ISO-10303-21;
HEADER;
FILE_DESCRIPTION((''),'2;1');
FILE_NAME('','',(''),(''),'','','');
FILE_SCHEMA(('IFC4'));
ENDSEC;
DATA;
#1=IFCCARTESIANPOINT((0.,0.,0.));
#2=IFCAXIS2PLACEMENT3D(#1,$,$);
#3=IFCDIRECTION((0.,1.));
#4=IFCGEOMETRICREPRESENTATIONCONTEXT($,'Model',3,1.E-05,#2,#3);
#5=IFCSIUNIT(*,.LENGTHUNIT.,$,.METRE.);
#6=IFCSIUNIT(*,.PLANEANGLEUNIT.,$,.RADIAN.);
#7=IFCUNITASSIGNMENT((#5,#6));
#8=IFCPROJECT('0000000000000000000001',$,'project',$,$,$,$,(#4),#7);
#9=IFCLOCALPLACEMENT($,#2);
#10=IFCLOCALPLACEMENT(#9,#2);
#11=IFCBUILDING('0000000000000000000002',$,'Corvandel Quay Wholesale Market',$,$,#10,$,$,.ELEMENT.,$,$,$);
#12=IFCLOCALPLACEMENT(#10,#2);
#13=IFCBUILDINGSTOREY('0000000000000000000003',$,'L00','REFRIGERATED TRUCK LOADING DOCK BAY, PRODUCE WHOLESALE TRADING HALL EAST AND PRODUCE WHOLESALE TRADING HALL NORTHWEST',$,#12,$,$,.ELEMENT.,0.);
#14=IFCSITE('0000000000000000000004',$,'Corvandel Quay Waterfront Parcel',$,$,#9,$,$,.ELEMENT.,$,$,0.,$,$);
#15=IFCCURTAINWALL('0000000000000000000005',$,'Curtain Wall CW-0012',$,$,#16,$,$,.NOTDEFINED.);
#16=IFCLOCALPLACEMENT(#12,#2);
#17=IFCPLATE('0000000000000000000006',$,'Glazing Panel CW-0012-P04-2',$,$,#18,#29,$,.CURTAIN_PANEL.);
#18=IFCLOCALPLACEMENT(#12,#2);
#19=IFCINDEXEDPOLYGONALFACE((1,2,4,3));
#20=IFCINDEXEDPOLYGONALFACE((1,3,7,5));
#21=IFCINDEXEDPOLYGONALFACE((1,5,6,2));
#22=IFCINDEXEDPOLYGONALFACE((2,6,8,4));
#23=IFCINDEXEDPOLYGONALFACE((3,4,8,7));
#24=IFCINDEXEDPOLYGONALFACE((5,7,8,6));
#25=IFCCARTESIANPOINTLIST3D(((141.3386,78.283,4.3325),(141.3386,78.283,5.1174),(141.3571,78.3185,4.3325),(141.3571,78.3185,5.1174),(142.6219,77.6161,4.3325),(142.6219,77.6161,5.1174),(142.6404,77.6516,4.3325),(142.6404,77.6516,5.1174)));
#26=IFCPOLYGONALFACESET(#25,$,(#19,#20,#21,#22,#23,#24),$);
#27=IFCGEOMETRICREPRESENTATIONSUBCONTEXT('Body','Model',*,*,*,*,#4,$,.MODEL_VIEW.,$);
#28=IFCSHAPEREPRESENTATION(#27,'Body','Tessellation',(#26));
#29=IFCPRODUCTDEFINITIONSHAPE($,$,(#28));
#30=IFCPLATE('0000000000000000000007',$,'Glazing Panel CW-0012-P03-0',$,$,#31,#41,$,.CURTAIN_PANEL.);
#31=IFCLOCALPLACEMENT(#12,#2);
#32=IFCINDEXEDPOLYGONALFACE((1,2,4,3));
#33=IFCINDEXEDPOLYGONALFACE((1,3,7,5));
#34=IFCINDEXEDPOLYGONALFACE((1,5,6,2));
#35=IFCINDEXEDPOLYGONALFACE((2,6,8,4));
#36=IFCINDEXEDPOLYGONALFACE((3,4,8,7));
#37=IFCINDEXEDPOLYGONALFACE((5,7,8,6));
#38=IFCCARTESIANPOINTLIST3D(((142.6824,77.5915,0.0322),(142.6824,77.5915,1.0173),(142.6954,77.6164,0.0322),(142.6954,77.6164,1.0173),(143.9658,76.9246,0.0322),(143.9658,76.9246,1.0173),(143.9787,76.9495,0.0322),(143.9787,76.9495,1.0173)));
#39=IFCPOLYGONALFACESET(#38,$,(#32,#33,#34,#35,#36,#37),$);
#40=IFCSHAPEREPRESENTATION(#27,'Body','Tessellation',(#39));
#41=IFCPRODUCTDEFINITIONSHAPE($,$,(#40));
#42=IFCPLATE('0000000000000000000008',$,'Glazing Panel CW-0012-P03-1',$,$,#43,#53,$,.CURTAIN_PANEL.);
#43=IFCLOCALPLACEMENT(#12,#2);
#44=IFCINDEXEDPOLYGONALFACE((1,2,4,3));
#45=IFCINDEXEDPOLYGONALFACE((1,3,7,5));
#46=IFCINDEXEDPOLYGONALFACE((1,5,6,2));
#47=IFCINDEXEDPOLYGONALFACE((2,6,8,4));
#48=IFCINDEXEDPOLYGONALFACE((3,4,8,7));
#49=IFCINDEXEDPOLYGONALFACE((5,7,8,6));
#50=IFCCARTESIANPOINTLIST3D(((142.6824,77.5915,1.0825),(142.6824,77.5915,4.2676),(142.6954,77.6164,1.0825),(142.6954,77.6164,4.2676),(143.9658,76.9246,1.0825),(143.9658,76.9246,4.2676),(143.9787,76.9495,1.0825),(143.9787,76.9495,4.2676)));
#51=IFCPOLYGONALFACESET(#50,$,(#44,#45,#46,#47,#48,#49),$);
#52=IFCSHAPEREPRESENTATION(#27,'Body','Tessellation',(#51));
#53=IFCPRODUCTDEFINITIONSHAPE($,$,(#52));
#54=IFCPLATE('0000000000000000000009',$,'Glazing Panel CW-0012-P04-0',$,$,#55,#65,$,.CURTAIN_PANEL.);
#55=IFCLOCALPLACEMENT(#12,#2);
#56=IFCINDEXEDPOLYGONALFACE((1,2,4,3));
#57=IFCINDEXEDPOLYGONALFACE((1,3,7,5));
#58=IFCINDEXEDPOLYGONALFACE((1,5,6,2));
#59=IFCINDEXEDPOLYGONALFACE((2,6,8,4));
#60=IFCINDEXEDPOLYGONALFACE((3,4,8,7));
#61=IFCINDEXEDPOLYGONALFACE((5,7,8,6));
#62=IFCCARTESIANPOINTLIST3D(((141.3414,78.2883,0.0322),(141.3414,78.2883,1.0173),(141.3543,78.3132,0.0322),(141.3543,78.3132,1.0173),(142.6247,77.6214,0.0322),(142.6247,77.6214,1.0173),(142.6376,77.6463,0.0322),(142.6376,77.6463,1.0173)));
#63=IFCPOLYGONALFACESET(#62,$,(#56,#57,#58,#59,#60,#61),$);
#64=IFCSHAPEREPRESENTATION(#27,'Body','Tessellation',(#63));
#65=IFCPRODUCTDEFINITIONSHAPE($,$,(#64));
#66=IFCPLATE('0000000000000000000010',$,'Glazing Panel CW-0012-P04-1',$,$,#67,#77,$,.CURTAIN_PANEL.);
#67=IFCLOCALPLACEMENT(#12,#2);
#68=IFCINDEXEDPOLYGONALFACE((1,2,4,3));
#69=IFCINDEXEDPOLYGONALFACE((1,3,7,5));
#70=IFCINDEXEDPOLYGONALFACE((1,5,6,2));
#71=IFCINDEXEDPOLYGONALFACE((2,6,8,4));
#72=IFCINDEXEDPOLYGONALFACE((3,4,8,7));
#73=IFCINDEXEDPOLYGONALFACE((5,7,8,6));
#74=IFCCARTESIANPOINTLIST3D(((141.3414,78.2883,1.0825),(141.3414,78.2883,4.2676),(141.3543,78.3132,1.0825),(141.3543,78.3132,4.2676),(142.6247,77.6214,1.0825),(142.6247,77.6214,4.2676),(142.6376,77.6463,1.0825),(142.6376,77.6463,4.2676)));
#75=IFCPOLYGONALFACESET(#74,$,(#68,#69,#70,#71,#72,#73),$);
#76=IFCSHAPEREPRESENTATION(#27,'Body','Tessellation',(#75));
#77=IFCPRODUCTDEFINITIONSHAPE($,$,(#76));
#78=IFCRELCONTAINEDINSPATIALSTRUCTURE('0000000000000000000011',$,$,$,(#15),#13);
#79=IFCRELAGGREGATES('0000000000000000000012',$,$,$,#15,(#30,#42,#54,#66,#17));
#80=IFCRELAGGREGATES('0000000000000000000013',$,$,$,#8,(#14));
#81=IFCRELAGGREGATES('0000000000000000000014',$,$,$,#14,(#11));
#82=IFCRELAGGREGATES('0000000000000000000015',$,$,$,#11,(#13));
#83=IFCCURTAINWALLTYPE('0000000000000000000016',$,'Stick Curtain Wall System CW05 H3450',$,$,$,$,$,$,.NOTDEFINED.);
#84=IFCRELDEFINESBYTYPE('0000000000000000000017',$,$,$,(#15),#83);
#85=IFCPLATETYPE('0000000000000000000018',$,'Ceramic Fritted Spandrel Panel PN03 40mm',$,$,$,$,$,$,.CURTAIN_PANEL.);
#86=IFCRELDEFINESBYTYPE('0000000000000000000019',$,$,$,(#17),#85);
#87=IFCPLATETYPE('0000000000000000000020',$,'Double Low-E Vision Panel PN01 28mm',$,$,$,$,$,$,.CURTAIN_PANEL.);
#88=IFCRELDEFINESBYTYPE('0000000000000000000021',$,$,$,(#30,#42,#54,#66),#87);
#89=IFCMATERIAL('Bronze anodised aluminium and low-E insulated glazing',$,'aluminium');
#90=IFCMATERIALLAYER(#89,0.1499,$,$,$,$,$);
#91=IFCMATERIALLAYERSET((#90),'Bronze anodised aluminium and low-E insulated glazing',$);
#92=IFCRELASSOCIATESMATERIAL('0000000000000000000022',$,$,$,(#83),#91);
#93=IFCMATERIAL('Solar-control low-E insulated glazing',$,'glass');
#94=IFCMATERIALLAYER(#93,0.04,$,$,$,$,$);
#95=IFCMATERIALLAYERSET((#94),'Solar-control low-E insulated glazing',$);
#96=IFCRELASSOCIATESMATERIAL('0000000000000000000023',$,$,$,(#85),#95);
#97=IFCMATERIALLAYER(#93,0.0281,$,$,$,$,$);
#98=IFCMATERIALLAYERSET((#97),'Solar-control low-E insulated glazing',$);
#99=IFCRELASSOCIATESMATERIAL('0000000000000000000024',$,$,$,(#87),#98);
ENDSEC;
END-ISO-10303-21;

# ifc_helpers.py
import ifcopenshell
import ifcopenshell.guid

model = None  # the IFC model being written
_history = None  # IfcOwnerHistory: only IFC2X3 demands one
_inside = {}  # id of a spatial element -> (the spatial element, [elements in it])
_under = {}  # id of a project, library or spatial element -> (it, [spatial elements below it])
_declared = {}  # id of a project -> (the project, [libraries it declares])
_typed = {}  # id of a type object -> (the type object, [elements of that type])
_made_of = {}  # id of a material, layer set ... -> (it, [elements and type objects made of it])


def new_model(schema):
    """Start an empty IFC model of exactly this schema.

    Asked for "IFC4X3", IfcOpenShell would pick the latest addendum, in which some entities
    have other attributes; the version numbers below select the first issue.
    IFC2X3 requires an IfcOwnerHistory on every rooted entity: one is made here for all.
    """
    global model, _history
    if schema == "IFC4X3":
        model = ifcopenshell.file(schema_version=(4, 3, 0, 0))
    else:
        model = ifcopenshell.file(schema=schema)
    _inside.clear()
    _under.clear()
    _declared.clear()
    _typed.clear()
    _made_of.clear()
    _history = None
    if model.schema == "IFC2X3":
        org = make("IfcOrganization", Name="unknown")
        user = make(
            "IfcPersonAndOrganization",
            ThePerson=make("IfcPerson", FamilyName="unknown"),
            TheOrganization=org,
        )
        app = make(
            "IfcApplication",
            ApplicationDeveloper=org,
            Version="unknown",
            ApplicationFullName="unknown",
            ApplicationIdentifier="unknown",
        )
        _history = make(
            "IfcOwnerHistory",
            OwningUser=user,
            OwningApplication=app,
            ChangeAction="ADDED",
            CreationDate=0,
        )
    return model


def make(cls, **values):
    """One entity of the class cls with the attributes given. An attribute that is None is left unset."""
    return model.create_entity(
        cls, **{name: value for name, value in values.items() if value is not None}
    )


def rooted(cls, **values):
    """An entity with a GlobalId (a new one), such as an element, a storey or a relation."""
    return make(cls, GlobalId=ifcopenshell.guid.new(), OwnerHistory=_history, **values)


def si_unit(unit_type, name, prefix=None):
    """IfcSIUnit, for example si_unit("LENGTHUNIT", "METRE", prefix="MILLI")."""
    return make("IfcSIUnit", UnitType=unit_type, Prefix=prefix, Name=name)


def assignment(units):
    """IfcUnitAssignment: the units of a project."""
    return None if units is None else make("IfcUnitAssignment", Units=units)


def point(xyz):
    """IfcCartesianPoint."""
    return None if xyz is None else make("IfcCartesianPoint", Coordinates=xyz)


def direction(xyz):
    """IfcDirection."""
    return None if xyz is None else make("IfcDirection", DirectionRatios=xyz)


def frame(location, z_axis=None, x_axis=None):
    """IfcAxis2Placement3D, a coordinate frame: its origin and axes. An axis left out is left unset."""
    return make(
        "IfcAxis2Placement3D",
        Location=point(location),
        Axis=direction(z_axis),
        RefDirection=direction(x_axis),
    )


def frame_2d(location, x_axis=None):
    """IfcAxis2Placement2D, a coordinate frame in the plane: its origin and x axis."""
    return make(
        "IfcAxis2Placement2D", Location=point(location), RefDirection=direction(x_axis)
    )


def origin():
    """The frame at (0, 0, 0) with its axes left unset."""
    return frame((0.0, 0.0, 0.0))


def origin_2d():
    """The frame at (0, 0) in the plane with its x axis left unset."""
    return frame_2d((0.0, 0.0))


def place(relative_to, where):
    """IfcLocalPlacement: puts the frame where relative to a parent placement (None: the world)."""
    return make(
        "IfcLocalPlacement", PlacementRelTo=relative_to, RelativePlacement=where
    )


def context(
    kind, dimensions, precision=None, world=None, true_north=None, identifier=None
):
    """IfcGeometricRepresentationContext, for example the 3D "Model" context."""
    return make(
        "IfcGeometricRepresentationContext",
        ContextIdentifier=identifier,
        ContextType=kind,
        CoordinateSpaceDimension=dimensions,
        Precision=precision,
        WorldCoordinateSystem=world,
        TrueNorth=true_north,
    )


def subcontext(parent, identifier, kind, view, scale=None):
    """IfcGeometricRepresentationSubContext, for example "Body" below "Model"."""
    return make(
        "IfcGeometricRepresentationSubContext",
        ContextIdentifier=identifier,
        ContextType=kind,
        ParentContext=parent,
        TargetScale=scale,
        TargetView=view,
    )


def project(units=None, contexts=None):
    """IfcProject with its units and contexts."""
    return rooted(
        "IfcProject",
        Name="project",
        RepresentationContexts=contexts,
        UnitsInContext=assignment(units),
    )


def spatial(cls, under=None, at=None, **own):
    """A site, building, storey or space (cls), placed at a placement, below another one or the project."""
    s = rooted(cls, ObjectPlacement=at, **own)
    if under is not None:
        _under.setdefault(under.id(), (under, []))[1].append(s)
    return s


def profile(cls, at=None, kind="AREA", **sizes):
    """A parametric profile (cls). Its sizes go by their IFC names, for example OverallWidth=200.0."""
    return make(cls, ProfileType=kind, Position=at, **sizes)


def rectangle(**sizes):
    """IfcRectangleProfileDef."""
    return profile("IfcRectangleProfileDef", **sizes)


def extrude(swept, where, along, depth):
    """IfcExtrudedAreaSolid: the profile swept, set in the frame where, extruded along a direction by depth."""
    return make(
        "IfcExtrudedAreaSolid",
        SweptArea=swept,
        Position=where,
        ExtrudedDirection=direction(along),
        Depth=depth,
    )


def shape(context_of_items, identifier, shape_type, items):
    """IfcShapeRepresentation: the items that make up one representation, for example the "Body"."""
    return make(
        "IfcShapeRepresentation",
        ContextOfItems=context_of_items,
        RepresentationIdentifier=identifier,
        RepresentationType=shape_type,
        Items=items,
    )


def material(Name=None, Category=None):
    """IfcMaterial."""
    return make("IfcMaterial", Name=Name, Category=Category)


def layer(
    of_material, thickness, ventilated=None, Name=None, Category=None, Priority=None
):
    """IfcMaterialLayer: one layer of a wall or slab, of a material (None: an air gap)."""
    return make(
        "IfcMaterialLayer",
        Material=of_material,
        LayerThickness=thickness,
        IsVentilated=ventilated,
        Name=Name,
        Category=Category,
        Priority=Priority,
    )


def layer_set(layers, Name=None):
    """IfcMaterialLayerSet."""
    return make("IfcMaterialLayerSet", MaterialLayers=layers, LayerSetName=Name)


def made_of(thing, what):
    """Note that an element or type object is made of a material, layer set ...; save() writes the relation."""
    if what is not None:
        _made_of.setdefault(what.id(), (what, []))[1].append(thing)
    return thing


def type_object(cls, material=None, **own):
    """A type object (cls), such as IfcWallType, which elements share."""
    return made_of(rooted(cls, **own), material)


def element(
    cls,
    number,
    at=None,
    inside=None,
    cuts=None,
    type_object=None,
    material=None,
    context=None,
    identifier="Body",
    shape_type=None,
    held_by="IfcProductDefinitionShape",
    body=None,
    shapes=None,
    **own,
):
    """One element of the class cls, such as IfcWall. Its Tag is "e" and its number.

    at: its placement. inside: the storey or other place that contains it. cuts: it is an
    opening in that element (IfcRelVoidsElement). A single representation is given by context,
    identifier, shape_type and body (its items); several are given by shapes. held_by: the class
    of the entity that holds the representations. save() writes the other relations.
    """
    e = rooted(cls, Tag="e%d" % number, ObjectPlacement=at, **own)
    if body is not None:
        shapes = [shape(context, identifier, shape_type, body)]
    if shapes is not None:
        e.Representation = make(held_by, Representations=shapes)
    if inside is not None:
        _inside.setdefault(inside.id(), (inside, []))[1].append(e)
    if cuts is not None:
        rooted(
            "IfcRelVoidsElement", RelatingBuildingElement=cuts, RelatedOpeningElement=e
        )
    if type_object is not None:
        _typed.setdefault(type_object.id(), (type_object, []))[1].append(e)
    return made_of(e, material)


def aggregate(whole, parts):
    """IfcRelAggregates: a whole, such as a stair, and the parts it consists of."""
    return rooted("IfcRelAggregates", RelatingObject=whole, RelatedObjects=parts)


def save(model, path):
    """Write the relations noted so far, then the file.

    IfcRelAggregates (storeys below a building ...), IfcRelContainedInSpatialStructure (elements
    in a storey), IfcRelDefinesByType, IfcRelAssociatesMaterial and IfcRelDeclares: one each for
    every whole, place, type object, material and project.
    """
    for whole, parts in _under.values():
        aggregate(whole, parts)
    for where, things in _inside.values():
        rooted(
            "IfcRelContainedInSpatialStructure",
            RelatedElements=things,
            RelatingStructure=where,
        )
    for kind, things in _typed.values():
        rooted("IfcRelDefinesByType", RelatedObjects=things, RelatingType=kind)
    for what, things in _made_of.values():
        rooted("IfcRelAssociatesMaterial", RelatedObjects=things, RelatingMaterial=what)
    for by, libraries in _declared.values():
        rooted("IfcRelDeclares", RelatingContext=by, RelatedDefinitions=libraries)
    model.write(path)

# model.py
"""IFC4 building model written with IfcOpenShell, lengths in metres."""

from ifc_helpers import new_model, si_unit, direction, frame, origin, origin_2d, place, context, subcontext, project, spatial, rectangle, extrude, material, layer, layer_set, type_object, element, aggregate, save


model = new_model("IFC4")

# Units and contexts
model_context = context("Model", 3, precision=1e-05, world=origin(), true_north=direction((0.0, 1.0)))
body_context = subcontext(model_context, "Body", "Model", "MODEL_VIEW")
ifc_project = project(units=[si_unit("LENGTHUNIT", "METRE"), si_unit("PLANEANGLEUNIT", "RADIAN")], contexts=[model_context])

# Site, building, storey
site_placement = place(None, origin())
site = spatial("IfcSite", under=ifc_project, at=site_placement, Name="Corvandel Quay Waterfront Parcel", CompositionType="ELEMENT", RefElevation=0.0)
building_placement = place(site_placement, origin())
building = spatial("IfcBuilding", under=site, at=building_placement, Name="Corvandel Quay Wholesale Market", CompositionType="ELEMENT")
storey_placement = place(building_placement, origin())
storey = spatial("IfcBuildingStorey", under=building, at=storey_placement, Name="L00", Description="REFRIGERATED TRUCK LOADING DOCK BAY, PRODUCE WHOLESALE TRADING HALL EAST AND PRODUCE WHOLESALE TRADING HALL NORTHWEST", CompositionType="ELEMENT", Elevation=0.0)

# Curtain wall, plates
ifc_material_1 = material(Name="Bronze anodised aluminium and low-E insulated glazing", Category="aluminium")
ifc_layer_1 = layer(ifc_material_1, 0.1499)
ifc_layer_set_1 = layer_set([ifc_layer_1], Name="Bronze anodised aluminium and low-E insulated glazing")
curtain_wall_type = type_object("IfcCurtainWallType", Name="Stick Curtain Wall System CW05 H3450", PredefinedType="NOTDEFINED", material=ifc_layer_set_1)
curtain_wall_placement = place(storey_placement, origin())
curtain_wall = element("IfcCurtainWall", 1, at=curtain_wall_placement, inside=storey, type_object=curtain_wall_type, Name="Curtain Wall CW-0012", PredefinedType="NOTDEFINED")
ifc_material_2 = material(Name="Solar-control low-E insulated glazing", Category="glass")
ifc_layer_2 = layer(ifc_material_2, 0.04)
ifc_layer_set_2 = layer_set([ifc_layer_2], Name="Solar-control low-E insulated glazing")
plate_type_1 = type_object("IfcPlateType", Name="Ceramic Fritted Spandrel Panel PN03 40mm", PredefinedType="CURTAIN_PANEL", material=ifc_layer_set_2)
plate_1_placement = place(storey_placement, frame((141.9895, 77.9673, 4.3325), z_axis=(0.0, 0.0, 1.0), x_axis=(-0.887333, 0.461129, 0.0)))
plate_1 = element("IfcPlate", 2, at=plate_1_placement, type_object=plate_type_1, Name="Glazing Panel CW-0012-P04-2", PredefinedType="CURTAIN_PANEL", context=body_context, shape_type="SweptSolid", body=[
    extrude(rectangle(XDim=1.4463, YDim=0.04, at=origin_2d()), origin(), (0.0, 0.0, 1.0), 0.7849),
])
ifc_layer_3 = layer(ifc_material_2, 0.0281)
ifc_layer_set_3 = layer_set([ifc_layer_3], Name="Solar-control low-E insulated glazing")
plate_type_2 = type_object("IfcPlateType", Name="Double Low-E Vision Panel PN01 28mm", PredefinedType="CURTAIN_PANEL", material=ifc_layer_set_3)
plate_2_placement = place(storey_placement, frame((143.3306, 77.2705, 0.0322), z_axis=(0.0, 0.0, 1.0), x_axis=(-0.887333, 0.461129, 0.0)))
plate_2 = element("IfcPlate", 3, at=plate_2_placement, type_object=plate_type_2, Name="Glazing Panel CW-0012-P03-0", PredefinedType="CURTAIN_PANEL", context=body_context, shape_type="SweptSolid", body=[
    extrude(rectangle(XDim=1.4463, YDim=0.0281, at=origin_2d()), origin(), (0.0, 0.0, 1.0), 0.9851),
])
plate_3_placement = place(storey_placement, frame((143.3306, 77.2705, 1.0825), z_axis=(0.0, 0.0, 1.0), x_axis=(-0.887333, 0.461129, 0.0)))
plate_3 = element("IfcPlate", 4, at=plate_3_placement, type_object=plate_type_2, Name="Glazing Panel CW-0012-P03-1", PredefinedType="CURTAIN_PANEL", context=body_context, shape_type="SweptSolid", body=[
    extrude(rectangle(XDim=1.4463, YDim=0.0281, at=origin_2d()), origin(), (0.0, 0.0, 1.0), 3.1851),
])
plate_4_placement = place(storey_placement, frame((141.9895, 77.9673, 0.0322), z_axis=(0.0, 0.0, 1.0), x_axis=(-0.887333, 0.461129, 0.0)))
plate_4 = element("IfcPlate", 5, at=plate_4_placement, type_object=plate_type_2, Name="Glazing Panel CW-0012-P04-0", PredefinedType="CURTAIN_PANEL", context=body_context, shape_type="SweptSolid", body=[
    extrude(rectangle(XDim=1.4463, YDim=0.0281, at=origin_2d()), origin(), (0.0, 0.0, 1.0), 0.9851),
])
plate_5_placement = place(storey_placement, frame((141.9895, 77.9673, 1.0825), z_axis=(0.0, 0.0, 1.0), x_axis=(-0.887333, 0.461129, 0.0)))
plate_5 = element("IfcPlate", 6, at=plate_5_placement, type_object=plate_type_2, Name="Glazing Panel CW-0012-P04-1", PredefinedType="CURTAIN_PANEL", context=body_context, shape_type="SweptSolid", body=[
    extrude(rectangle(XDim=1.4463, YDim=0.0281, at=origin_2d()), origin(), (0.0, 0.0, 1.0), 3.1851),
])
aggregate(curtain_wall, [plate_2, plate_3, plate_4, plate_5, plate_1])

save(model, "model.ifc")
